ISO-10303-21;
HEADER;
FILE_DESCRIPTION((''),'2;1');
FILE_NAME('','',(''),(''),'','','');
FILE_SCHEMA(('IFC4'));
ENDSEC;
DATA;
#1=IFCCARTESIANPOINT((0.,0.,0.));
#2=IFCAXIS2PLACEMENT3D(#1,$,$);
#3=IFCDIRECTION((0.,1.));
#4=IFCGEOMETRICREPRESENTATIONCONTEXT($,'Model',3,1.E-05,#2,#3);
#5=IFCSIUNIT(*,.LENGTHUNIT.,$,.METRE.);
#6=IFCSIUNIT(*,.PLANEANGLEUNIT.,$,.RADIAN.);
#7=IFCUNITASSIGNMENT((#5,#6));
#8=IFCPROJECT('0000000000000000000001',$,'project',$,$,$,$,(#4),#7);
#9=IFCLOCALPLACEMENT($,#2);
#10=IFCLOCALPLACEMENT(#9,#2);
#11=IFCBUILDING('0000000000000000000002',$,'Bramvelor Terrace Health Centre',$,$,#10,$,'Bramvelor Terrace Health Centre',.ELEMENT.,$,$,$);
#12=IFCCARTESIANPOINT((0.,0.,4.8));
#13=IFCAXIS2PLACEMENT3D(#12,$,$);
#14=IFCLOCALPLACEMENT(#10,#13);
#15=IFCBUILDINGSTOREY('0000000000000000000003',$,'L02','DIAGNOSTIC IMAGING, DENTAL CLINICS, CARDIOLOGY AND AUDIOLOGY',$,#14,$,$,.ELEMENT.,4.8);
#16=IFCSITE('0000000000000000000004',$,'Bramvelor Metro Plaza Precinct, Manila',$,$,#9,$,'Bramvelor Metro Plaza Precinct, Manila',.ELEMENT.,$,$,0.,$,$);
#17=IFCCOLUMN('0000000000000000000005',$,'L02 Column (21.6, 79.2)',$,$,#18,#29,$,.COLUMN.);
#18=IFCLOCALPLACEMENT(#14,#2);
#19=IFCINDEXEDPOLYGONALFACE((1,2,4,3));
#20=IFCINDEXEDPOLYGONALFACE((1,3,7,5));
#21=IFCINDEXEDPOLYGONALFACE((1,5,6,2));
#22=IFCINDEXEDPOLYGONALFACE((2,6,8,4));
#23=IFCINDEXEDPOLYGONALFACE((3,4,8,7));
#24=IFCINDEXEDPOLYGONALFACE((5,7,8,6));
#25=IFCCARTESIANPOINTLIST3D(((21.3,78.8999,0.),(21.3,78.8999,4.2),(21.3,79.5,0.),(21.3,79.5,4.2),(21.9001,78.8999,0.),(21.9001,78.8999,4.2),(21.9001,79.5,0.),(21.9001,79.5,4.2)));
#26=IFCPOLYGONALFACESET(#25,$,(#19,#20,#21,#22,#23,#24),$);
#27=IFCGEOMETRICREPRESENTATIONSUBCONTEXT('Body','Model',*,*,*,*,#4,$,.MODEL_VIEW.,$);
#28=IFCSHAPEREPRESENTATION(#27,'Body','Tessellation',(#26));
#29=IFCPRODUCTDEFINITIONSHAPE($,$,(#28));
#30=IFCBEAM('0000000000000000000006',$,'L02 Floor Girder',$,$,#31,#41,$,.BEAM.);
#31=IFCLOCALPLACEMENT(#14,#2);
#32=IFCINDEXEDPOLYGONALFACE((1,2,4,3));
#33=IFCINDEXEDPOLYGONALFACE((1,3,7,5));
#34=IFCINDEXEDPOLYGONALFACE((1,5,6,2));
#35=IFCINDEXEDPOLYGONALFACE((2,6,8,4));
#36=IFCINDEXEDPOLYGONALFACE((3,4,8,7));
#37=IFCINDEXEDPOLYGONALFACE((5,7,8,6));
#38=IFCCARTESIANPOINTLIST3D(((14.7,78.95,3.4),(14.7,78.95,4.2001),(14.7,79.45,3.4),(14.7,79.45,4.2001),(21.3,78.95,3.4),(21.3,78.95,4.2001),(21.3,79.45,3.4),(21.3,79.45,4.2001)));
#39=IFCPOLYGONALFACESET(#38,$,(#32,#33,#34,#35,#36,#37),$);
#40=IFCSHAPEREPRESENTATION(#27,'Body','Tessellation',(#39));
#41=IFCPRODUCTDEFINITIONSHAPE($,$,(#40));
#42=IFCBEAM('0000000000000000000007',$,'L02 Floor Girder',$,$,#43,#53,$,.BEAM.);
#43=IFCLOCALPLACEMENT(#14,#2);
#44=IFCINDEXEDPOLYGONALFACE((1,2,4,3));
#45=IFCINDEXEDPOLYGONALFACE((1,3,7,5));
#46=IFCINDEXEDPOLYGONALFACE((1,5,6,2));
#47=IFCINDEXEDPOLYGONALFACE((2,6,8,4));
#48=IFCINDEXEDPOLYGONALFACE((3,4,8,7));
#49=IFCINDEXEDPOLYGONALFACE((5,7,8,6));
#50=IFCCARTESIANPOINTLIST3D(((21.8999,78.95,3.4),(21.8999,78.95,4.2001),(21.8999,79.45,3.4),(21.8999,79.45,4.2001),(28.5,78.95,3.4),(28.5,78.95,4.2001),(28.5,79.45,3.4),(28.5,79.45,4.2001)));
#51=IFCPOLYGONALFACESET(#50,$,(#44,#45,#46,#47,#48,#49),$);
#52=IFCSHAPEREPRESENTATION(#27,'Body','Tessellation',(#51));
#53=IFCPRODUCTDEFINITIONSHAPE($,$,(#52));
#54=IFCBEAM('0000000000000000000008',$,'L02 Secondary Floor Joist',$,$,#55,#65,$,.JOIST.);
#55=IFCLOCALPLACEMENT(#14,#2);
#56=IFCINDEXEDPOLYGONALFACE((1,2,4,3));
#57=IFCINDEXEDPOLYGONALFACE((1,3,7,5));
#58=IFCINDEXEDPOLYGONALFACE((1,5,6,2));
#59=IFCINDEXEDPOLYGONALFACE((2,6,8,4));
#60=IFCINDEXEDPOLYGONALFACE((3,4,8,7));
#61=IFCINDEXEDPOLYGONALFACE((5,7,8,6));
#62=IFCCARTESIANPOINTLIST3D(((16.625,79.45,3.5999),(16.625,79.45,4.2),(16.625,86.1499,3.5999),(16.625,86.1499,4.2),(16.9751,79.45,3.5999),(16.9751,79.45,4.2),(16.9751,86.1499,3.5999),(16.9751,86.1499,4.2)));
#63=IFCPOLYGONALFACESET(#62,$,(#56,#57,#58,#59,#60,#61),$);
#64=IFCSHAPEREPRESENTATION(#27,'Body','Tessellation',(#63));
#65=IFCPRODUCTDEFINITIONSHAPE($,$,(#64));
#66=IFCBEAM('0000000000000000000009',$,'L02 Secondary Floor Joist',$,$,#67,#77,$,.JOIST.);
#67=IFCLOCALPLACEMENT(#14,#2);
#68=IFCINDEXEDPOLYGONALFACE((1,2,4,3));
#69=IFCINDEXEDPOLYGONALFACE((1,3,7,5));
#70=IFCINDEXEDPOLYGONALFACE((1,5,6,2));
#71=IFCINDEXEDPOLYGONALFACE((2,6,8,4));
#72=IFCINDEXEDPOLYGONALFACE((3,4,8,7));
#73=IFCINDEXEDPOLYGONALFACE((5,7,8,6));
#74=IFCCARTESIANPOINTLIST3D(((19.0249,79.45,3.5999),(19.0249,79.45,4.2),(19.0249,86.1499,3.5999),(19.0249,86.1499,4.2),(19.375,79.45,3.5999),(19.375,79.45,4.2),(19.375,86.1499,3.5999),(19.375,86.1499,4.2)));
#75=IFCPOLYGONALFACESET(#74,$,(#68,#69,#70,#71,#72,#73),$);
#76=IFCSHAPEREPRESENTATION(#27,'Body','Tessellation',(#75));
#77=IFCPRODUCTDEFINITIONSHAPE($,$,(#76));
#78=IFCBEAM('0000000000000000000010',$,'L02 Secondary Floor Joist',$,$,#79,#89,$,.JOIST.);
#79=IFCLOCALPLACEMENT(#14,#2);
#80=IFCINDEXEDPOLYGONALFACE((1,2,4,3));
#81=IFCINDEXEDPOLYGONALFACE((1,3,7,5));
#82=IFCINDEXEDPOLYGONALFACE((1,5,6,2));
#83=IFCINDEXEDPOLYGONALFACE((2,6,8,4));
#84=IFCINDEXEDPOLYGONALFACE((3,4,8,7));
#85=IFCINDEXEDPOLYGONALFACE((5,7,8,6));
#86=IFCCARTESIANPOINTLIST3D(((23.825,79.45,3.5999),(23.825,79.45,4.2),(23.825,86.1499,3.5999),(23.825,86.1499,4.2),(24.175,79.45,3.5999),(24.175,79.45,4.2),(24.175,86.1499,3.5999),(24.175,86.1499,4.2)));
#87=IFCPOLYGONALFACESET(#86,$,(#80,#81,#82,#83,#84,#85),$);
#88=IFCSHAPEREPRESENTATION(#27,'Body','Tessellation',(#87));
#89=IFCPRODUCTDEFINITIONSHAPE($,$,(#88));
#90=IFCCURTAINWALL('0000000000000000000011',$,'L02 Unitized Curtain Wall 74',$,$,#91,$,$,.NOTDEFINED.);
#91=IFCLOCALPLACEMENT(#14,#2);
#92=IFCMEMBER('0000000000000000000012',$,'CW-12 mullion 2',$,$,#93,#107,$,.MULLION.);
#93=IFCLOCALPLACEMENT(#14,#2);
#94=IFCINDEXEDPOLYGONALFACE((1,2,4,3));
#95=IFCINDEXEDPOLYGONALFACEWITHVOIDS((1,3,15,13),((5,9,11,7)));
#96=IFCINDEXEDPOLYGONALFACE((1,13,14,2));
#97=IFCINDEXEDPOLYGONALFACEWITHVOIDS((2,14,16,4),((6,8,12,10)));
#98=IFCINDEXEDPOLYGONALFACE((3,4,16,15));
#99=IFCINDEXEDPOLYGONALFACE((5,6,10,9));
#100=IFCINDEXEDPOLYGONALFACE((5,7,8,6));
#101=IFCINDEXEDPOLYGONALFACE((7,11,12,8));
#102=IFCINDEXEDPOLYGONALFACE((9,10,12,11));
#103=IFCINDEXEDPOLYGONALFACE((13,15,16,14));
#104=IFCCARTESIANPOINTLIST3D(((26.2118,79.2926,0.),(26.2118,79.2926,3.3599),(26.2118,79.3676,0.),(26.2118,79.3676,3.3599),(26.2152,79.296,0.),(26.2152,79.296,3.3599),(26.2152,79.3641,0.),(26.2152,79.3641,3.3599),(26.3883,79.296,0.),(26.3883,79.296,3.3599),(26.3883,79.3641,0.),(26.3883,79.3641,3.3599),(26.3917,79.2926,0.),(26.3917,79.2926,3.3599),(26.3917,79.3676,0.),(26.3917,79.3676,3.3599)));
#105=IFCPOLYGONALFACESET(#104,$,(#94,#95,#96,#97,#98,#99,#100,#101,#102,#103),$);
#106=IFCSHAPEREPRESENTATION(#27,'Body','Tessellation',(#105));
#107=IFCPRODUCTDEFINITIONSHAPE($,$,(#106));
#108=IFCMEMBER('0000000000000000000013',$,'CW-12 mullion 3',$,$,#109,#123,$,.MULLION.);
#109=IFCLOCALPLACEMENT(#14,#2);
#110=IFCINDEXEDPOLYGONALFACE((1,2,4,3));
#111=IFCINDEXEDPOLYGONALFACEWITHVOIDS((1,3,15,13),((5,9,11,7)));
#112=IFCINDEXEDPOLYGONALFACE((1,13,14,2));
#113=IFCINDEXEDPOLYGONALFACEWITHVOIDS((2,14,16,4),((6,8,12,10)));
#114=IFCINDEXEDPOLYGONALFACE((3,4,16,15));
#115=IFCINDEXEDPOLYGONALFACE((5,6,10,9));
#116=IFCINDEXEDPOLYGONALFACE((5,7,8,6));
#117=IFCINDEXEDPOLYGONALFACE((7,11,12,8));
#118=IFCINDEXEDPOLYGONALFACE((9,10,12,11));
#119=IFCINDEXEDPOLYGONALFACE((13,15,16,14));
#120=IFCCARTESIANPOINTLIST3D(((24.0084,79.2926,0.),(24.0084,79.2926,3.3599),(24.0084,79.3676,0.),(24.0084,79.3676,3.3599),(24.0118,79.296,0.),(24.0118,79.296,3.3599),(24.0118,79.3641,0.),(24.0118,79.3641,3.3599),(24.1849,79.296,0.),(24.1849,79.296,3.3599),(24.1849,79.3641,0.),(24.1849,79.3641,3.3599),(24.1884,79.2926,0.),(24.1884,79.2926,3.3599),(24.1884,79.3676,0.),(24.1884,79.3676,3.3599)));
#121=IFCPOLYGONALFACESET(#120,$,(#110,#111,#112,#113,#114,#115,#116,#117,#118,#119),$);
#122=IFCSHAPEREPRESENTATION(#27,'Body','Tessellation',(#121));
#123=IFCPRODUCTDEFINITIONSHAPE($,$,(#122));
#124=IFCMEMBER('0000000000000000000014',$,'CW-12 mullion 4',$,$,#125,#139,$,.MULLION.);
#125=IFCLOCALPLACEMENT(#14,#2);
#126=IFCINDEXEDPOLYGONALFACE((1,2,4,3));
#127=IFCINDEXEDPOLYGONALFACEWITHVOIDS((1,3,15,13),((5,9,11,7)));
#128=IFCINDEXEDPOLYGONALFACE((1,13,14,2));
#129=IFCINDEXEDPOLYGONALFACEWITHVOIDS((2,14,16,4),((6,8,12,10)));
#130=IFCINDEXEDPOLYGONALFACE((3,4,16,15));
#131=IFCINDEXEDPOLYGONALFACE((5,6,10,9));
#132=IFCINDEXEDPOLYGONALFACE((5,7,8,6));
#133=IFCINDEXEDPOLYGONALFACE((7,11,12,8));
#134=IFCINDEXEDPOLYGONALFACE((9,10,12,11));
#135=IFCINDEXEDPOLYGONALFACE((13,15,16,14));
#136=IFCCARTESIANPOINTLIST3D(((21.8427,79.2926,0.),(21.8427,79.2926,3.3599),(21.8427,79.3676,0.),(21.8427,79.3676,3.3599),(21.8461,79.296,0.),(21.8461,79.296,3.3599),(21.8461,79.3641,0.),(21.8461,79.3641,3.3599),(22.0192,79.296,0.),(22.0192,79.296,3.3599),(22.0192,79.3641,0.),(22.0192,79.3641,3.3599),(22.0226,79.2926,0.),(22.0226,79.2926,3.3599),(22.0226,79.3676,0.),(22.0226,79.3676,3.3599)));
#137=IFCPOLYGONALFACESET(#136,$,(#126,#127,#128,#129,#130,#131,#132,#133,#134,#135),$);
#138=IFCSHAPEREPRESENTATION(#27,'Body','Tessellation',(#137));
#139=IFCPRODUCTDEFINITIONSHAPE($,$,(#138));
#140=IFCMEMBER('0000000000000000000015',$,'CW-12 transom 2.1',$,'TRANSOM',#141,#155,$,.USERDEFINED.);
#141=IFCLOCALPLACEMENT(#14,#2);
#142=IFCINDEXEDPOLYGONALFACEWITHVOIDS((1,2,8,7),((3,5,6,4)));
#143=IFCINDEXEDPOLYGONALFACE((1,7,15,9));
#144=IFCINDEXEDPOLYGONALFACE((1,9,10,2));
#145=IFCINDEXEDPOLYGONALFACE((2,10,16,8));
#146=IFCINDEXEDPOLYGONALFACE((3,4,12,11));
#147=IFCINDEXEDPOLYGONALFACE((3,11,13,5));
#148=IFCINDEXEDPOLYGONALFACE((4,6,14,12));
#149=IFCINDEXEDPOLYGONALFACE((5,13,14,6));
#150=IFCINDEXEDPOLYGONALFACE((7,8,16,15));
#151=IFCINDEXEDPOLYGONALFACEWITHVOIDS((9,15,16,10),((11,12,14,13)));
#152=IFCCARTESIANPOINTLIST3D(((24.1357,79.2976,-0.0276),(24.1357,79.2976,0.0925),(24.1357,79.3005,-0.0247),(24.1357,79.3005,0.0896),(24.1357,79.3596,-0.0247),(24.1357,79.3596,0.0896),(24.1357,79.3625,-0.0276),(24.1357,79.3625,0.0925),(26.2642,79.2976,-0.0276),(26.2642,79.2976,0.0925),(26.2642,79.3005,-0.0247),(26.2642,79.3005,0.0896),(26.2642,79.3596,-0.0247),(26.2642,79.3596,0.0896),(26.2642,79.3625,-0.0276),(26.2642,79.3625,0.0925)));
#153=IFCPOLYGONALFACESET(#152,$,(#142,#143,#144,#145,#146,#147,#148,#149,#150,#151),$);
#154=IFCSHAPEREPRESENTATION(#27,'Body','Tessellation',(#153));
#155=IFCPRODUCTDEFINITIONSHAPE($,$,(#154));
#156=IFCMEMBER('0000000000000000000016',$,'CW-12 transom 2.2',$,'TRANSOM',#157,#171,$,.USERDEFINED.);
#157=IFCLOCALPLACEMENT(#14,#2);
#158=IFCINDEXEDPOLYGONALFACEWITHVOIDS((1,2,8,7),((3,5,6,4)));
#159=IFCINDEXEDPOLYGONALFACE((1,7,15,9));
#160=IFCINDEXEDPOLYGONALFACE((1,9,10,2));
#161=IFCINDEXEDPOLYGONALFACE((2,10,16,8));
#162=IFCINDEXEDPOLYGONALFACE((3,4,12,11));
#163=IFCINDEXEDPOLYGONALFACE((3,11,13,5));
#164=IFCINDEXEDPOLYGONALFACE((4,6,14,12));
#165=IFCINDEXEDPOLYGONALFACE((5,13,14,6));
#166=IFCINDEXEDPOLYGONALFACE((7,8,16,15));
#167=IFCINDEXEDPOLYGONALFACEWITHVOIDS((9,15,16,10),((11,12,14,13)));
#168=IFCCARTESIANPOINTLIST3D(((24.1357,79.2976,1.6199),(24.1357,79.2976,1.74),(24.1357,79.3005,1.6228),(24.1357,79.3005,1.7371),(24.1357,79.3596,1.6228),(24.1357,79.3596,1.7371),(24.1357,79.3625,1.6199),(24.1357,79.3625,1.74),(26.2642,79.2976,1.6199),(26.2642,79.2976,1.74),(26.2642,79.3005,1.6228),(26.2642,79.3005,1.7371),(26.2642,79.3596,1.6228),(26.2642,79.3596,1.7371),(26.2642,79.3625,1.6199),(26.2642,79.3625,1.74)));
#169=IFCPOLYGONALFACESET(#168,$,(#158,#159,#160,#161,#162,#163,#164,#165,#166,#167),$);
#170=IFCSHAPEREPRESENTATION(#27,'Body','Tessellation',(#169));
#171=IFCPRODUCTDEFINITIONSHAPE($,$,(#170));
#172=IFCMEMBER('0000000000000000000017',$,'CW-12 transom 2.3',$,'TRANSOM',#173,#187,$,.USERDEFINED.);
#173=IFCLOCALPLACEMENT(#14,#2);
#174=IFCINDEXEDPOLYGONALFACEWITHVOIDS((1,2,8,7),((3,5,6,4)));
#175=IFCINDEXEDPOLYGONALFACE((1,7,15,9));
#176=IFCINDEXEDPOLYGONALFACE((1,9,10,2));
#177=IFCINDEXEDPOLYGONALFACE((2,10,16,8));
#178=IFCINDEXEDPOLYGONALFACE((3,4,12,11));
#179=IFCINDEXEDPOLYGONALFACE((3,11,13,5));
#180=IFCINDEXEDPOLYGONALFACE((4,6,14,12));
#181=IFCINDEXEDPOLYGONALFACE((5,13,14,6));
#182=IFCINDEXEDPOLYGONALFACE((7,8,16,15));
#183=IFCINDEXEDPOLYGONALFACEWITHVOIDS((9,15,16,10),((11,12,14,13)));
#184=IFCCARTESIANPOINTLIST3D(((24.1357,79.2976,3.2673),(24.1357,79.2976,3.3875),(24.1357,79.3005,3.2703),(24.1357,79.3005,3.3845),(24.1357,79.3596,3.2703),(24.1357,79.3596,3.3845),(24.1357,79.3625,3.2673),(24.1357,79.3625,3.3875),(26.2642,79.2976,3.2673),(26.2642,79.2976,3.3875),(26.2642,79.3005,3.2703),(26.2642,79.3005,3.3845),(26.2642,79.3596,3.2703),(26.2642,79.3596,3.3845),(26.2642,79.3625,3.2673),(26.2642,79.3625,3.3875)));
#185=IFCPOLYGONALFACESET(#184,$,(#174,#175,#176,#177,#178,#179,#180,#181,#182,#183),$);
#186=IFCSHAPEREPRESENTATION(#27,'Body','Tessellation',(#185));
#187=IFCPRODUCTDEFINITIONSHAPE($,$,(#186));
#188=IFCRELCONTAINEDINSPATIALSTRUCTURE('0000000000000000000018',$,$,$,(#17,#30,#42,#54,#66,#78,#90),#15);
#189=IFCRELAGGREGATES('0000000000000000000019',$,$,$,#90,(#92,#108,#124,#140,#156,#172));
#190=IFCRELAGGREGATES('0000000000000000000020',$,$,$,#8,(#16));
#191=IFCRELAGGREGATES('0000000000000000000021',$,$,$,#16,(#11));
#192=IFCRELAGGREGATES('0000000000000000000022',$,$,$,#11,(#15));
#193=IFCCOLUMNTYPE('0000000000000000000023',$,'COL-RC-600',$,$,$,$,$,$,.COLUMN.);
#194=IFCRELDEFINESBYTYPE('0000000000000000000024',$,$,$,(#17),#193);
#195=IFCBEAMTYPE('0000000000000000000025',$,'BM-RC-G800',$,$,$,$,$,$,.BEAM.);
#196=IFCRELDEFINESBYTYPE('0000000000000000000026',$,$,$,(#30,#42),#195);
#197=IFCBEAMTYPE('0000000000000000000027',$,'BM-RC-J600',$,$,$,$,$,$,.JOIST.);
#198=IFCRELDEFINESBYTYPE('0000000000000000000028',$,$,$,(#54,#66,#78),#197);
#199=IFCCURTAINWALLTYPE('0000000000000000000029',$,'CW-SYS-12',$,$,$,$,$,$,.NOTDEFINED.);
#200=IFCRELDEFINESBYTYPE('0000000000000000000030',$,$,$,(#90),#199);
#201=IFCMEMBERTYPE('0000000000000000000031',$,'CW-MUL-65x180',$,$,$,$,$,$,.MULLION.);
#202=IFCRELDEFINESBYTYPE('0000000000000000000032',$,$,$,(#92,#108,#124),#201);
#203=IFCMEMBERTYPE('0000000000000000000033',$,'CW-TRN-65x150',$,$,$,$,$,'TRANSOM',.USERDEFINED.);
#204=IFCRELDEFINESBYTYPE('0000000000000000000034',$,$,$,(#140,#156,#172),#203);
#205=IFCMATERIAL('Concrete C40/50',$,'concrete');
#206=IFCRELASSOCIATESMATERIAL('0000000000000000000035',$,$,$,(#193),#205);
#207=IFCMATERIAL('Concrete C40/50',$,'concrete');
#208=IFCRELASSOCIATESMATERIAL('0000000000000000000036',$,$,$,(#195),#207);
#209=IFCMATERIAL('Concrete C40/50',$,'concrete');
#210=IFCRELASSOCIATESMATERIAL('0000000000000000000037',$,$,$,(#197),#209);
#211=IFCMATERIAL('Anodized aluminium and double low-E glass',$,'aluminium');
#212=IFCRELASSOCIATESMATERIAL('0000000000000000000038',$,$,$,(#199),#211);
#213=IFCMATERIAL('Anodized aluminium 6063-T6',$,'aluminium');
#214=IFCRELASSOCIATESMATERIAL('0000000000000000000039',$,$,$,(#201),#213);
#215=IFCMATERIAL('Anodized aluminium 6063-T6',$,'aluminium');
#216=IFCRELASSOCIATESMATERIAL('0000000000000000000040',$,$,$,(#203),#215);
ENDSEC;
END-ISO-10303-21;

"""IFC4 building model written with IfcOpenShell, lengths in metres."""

from ifc_helpers import new_model, si_unit, direction, frame, origin, origin_2d, place, context, subcontext, project, spatial, rectangle, hollow_rectangle, extrude, material, material_profile, profile_set, type_object, element, aggregate, save


model = new_model("IFC4")

# Units and contexts
model_context = context("Model", 3, precision=1e-05, world=origin(), true_north=direction((0.0, 1.0)))
body_context = subcontext(model_context, "Body", "Model", "MODEL_VIEW")
ifc_project = project(units=[si_unit("LENGTHUNIT", "METRE"), si_unit("PLANEANGLEUNIT", "RADIAN")], contexts=[model_context])

# Site, building, storey
site_placement = place(None, origin())
site = spatial("IfcSite", under=ifc_project, at=site_placement, Name="Bramvelor Metro Plaza Precinct, Manila", LongName="Bramvelor Metro Plaza Precinct, Manila", CompositionType="ELEMENT", RefElevation=0.0)
building_placement = place(site_placement, origin())
building = spatial("IfcBuilding", under=site, at=building_placement, Name="Bramvelor Terrace Health Centre", LongName="Bramvelor Terrace Health Centre", CompositionType="ELEMENT")
storey_placement = place(building_placement, frame((0.0, 0.0, 4.8)))
storey = spatial("IfcBuildingStorey", under=building, at=storey_placement, Name="L02", Description="DIAGNOSTIC IMAGING, DENTAL CLINICS, CARDIOLOGY AND AUDIOLOGY", CompositionType="ELEMENT", Elevation=4.8)

# Column
ifc_material_1 = material(Name="Concrete C40/50", Category="concrete")
ifc_material_profile_1 = material_profile(ifc_material_1, rectangle(XDim=0.6001, YDim=0.6001, at=origin_2d()), Name="RC 600x600")
ifc_profile_set_1 = profile_set([ifc_material_profile_1], Name="Concrete C40/50")
column_type = type_object("IfcColumnType", Name="COL-RC-600", PredefinedType="COLUMN", material=ifc_profile_set_1)
column_placement = place(storey_placement, frame((21.6001, 79.2, 0.0), z_axis=(0.0, 0.0, 1.0), x_axis=(1.0, 0.0, 0.0)))
element("IfcColumn", 1, at=column_placement, inside=storey, type_object=column_type, Name="L02 Column (21.6, 79.2)", PredefinedType="COLUMN", context=body_context, shape_type="SweptSolid", body=[
    extrude(rectangle(XDim=0.6001, YDim=0.6001, at=origin_2d()), origin(), (0.0, 0.0, 1.0), 4.2),
])

# Beams
ifc_material_2 = material(Name="Concrete C40/50", Category="concrete")
ifc_material_profile_2 = material_profile(ifc_material_2, rectangle(XDim=0.5, YDim=0.8, at=origin_2d()), Name="RC 500x800")
ifc_profile_set_2 = profile_set([ifc_material_profile_2], Name="Concrete C40/50")
beam_type_1 = type_object("IfcBeamType", Name="BM-RC-G800", PredefinedType="BEAM", material=ifc_profile_set_2)
for number, where, z_axis, x_axis, name in (
    (2, (14.7, 79.2, 3.8), (1.0, 0.0, 0.0), (0.0, 1.0, 0.0), "L02 Floor Girder"),
    (3, (21.8999, 79.2, 3.8), (1.0, 0.0, 0.0), (0.0, 1.0, 0.0), "L02 Floor Girder"),
):
    element("IfcBeam", number, at=place(storey_placement, frame(where, z_axis=z_axis, x_axis=x_axis)), inside=storey, type_object=beam_type_1, Name=name, PredefinedType="BEAM", context=body_context, shape_type="SweptSolid", body=[
        extrude(rectangle(XDim=0.5, YDim=0.8, at=origin_2d()), origin(), (0.0, 0.0, 1.0), 6.6001),
    ])
ifc_material_3 = material(Name="Concrete C40/50", Category="concrete")
ifc_material_profile_3 = material_profile(ifc_material_3, rectangle(XDim=0.3501, YDim=0.6001, at=origin_2d()), Name="RC 350x600")
ifc_profile_set_3 = profile_set([ifc_material_profile_3], Name="Concrete C40/50")
beam_type_2 = type_object("IfcBeamType", Name="BM-RC-J600", PredefinedType="JOIST", material=ifc_profile_set_3)
for number, where, z_axis, x_axis, name in (
    (4, (16.8, 79.45, 3.8999), (0.0, 1.0, 0.0), (-1.0, 0.0, 0.0), "L02 Secondary Floor Joist"),
    (5, (19.2, 79.45, 3.8999), (0.0, 1.0, 0.0), (-1.0, 0.0, 0.0), "L02 Secondary Floor Joist"),
    (6, (24.0, 79.45, 3.8999), (0.0, 1.0, 0.0), (-1.0, 0.0, 0.0), "L02 Secondary Floor Joist"),
):
    element("IfcBeam", number, at=place(storey_placement, frame(where, z_axis=z_axis, x_axis=x_axis)), inside=storey, type_object=beam_type_2, Name=name, PredefinedType="JOIST", context=body_context, shape_type="SweptSolid", body=[
        extrude(rectangle(XDim=0.3501, YDim=0.6001, at=origin_2d()), origin(), (0.0, 0.0, 1.0), 6.7),
    ])

# Curtain wall, members
ifc_material_4 = material(Name="Anodized aluminium and double low-E glass", Category="aluminium")
curtain_wall_type = type_object("IfcCurtainWallType", Name="CW-SYS-12", PredefinedType="NOTDEFINED", material=ifc_material_4)
curtain_wall_placement = place(storey_placement, origin())
curtain_wall = element("IfcCurtainWall", 7, at=curtain_wall_placement, inside=storey, type_object=curtain_wall_type, Name="L02 Unitized Curtain Wall 74", PredefinedType="NOTDEFINED")
ifc_material_5 = material(Name="Anodized aluminium 6063-T6", Category="aluminium")
ifc_material_profile_4 = material_profile(ifc_material_5, hollow_rectangle(XDim=0.075, YDim=0.1799, WallThickness=0.0034, at=origin_2d()), Name="ALU-MUL 75x180x3.5")
ifc_profile_set_4 = profile_set([ifc_material_profile_4], Name="Anodized aluminium 6063-T6")
member_type_1 = type_object("IfcMemberType", Name="CW-MUL-65x180", PredefinedType="MULLION", material=ifc_profile_set_4)
member_1_placement = place(storey_placement, frame((26.3018, 79.3301, 0.0), z_axis=(0.0, 0.0, 1.0), x_axis=(0.0, -1.0, 0.0)))
member_1 = element("IfcMember", 8, at=member_1_placement, type_object=member_type_1, Name="CW-12 mullion 2", PredefinedType="MULLION", context=body_context, shape_type="SweptSolid", body=[
    extrude(hollow_rectangle(XDim=0.075, YDim=0.1799, WallThickness=0.0034, at=origin_2d()), origin(), (0.0, 0.0, 1.0), 3.3599),
])
member_2_placement = place(storey_placement, frame((24.0984, 79.3301, 0.0), z_axis=(0.0, 0.0, 1.0), x_axis=(0.0, -1.0, 0.0)))
member_2 = element("IfcMember", 9, at=member_2_placement, type_object=member_type_1, Name="CW-12 mullion 3", PredefinedType="MULLION", context=body_context, shape_type="SweptSolid", body=[
    extrude(hollow_rectangle(XDim=0.075, YDim=0.1799, WallThickness=0.0034, at=origin_2d()), origin(), (0.0, 0.0, 1.0), 3.3599),
])
member_3_placement = place(storey_placement, frame((21.9326, 79.3301, 0.0), z_axis=(0.0, 0.0, 1.0), x_axis=(0.0, -1.0, 0.0)))
member_3 = element("IfcMember", 10, at=member_3_placement, type_object=member_type_1, Name="CW-12 mullion 4", PredefinedType="MULLION", context=body_context, shape_type="SweptSolid", body=[
    extrude(hollow_rectangle(XDim=0.075, YDim=0.1799, WallThickness=0.0034, at=origin_2d()), origin(), (0.0, 0.0, 1.0), 3.3599),
])
ifc_material_6 = material(Name="Anodized aluminium 6063-T6", Category="aluminium")
ifc_material_profile_5 = material_profile(ifc_material_6, hollow_rectangle(XDim=0.0649, YDim=0.1201, WallThickness=0.0029, at=origin_2d()), Name="ALU-TRN 65x120x3.0")
ifc_profile_set_5 = profile_set([ifc_material_profile_5], Name="Anodized aluminium 6063-T6")
member_type_2 = type_object("IfcMemberType", Name="CW-TRN-65x150", ElementType="TRANSOM", PredefinedType="USERDEFINED", material=ifc_profile_set_5)
member_4_placement = place(storey_placement, frame((26.2642, 79.3301, 0.0325), z_axis=(-1.0, 0.0, 0.0), x_axis=(0.0, -1.0, 0.0)))
member_4 = element("IfcMember", 11, at=member_4_placement, type_object=member_type_2, Name="CW-12 transom 2.1", ObjectType="TRANSOM", PredefinedType="USERDEFINED", context=body_context, shape_type="SweptSolid", body=[
    extrude(hollow_rectangle(XDim=0.0649, YDim=0.1201, WallThickness=0.0029, at=origin_2d()), origin(), (0.0, 0.0, 1.0), 2.1284),
])
member_5_placement = place(storey_placement, frame((26.2642, 79.3301, 1.6799), z_axis=(-1.0, 0.0, 0.0), x_axis=(0.0, -1.0, 0.0)))
member_5 = element("IfcMember", 12, at=member_5_placement, type_object=member_type_2, Name="CW-12 transom 2.2", ObjectType="TRANSOM", PredefinedType="USERDEFINED", context=body_context, shape_type="SweptSolid", body=[
    extrude(hollow_rectangle(XDim=0.0649, YDim=0.1201, WallThickness=0.0029, at=origin_2d()), origin(), (0.0, 0.0, 1.0), 2.1284),
])
member_6_placement = place(storey_placement, frame((26.2642, 79.3301, 3.3274), z_axis=(-1.0, 0.0, 0.0), x_axis=(0.0, -1.0, 0.0)))
member_6 = element("IfcMember", 13, at=member_6_placement, type_object=member_type_2, Name="CW-12 transom 2.3", ObjectType="TRANSOM", PredefinedType="USERDEFINED", context=body_context, shape_type="SweptSolid", body=[
    extrude(hollow_rectangle(XDim=0.0649, YDim=0.1201, WallThickness=0.0029, at=origin_2d()), origin(), (0.0, 0.0, 1.0), 2.1284),
])
aggregate(curtain_wall, [member_1, member_2, member_3, member_4, member_5, member_6])

save(model, "model.ifc")
